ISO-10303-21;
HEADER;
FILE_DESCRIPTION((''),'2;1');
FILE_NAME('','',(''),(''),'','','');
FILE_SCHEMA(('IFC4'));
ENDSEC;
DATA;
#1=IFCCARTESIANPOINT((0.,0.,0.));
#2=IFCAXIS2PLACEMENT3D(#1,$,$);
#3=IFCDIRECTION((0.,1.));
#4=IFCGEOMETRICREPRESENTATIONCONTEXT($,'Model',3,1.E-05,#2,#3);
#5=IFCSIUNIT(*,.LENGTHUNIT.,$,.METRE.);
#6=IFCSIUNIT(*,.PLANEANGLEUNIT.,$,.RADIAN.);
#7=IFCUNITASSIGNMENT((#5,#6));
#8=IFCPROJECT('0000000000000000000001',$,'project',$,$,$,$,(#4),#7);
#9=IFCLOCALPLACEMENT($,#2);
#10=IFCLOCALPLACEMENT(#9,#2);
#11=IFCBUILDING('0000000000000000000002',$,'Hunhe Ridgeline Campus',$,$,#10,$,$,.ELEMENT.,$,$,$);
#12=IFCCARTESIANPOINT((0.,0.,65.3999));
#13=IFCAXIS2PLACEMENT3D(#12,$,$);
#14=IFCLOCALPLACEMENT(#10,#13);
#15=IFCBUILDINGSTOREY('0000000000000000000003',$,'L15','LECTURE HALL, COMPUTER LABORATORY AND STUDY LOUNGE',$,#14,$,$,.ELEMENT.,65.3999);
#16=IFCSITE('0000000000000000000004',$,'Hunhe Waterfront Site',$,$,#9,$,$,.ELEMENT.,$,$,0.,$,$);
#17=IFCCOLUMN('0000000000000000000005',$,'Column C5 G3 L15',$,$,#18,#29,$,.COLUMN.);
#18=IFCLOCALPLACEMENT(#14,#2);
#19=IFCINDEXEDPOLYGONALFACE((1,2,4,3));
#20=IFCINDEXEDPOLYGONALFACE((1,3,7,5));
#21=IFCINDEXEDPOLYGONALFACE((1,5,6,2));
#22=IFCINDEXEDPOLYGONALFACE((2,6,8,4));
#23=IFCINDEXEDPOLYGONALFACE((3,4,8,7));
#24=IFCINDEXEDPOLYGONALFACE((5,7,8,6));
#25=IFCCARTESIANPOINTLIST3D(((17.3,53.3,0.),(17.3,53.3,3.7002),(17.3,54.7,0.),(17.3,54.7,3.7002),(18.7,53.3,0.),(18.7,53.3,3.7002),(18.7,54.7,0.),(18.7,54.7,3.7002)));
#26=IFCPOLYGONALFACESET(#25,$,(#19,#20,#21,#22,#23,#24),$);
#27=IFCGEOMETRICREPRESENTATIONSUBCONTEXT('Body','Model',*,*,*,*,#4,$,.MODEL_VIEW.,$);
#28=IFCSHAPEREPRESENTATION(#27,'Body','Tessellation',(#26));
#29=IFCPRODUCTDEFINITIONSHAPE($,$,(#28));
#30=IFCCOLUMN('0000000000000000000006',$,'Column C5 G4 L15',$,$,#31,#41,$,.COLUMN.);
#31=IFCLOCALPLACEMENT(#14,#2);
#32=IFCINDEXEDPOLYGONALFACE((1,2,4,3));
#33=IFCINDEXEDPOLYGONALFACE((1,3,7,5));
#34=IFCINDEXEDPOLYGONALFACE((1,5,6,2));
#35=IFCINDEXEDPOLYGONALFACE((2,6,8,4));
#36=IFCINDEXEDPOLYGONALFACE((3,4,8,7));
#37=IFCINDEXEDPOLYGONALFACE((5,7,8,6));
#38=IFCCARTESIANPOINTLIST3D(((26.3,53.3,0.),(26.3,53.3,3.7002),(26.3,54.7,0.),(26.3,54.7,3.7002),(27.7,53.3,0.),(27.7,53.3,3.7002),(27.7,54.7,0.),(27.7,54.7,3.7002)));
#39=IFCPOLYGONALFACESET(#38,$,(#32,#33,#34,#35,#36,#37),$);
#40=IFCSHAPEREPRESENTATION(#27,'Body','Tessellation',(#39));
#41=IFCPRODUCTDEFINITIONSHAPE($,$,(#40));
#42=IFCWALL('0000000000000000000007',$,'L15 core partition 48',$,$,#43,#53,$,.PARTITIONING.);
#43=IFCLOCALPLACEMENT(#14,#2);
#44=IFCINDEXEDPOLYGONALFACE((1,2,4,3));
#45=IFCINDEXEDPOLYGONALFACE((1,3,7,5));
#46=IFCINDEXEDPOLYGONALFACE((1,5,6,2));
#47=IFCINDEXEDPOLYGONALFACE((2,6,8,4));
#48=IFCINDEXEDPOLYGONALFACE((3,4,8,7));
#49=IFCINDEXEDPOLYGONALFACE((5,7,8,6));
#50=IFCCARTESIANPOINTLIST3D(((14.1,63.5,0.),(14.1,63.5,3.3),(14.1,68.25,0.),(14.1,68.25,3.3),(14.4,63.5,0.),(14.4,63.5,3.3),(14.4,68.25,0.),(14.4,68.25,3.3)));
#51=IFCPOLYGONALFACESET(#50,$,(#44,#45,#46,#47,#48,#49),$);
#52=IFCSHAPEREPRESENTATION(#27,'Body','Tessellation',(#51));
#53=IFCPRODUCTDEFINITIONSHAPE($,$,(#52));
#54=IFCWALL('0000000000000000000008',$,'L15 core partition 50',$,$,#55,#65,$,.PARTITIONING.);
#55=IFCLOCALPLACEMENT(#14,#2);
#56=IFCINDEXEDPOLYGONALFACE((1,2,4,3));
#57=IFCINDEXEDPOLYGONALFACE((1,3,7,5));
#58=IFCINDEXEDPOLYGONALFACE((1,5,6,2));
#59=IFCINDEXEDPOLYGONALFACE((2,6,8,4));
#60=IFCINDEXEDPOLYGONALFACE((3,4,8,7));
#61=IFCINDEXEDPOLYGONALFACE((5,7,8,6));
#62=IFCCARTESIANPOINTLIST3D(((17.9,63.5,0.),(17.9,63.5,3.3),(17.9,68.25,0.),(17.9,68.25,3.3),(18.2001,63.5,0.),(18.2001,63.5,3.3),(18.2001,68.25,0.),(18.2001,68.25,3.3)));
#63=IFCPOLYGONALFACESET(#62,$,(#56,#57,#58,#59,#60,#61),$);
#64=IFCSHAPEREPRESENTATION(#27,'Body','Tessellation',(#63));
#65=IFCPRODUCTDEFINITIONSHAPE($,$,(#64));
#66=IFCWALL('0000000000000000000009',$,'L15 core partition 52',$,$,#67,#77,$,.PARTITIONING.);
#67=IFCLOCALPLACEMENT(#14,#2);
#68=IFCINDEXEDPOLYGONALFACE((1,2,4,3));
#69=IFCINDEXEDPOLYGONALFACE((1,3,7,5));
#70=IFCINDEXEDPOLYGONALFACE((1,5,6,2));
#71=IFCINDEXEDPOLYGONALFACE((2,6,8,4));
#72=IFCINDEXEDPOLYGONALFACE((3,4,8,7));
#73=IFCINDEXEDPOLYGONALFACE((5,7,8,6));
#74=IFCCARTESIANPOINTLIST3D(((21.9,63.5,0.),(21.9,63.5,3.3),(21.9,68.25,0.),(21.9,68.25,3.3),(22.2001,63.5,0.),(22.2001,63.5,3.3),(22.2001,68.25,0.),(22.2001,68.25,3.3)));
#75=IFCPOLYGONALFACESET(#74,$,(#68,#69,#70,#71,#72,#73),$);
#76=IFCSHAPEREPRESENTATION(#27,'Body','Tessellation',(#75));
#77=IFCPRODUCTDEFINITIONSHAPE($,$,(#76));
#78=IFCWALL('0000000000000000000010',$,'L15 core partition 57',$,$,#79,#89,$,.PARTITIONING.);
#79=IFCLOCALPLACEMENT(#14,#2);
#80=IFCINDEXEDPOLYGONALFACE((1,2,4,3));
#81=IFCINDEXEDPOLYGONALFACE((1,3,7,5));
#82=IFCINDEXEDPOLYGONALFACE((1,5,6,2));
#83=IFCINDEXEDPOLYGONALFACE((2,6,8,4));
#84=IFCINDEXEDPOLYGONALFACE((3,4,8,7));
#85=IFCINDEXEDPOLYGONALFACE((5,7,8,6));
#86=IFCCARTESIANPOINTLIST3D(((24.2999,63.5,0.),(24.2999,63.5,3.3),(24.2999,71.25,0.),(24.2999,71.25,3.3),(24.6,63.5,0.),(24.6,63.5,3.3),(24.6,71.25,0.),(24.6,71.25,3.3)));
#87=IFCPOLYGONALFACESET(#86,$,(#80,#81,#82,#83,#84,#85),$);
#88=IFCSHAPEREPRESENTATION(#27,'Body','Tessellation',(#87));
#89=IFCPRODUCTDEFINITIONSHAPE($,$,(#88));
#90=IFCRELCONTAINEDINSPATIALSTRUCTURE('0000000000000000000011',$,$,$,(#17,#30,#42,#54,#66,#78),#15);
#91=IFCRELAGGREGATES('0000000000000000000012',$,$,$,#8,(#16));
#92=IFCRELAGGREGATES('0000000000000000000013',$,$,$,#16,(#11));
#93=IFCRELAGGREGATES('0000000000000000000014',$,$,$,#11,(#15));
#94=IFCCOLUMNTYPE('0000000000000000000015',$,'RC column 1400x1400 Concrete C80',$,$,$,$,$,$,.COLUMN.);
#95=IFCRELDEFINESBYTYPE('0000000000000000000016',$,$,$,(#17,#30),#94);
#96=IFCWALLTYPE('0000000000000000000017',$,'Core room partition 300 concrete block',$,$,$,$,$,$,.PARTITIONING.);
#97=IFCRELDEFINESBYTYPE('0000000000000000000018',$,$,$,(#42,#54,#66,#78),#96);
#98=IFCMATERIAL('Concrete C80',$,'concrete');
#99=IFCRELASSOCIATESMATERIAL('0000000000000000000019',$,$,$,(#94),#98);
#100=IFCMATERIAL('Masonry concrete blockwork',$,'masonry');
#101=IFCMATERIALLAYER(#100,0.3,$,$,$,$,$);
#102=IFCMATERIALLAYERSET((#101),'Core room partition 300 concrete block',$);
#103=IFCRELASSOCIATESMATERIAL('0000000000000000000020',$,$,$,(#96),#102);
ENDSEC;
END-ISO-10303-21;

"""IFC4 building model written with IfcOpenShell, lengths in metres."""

from ifc_helpers import new_model, si_unit, direction, frame, frame_2d, origin, origin_2d, place, context, subcontext, project, spatial, rectangle, extrude, material, layer, layer_set, material_profile, profile_set, type_object, element, save


model = new_model("IFC4")

# Units and contexts
model_context = context("Model", 3, precision=1e-05, world=origin(), true_north=direction((0.0, 1.0)))
body_context = subcontext(model_context, "Body", "Model", "MODEL_VIEW")
ifc_project = project(units=[si_unit("LENGTHUNIT", "METRE"), si_unit("PLANEANGLEUNIT", "RADIAN")], contexts=[model_context])

# Site, building, storey
site_placement = place(None, origin())
site = spatial("IfcSite", under=ifc_project, at=site_placement, Name="Hunhe Waterfront Site", CompositionType="ELEMENT", RefElevation=0.0)
building_placement = place(site_placement, origin())
building = spatial("IfcBuilding", under=site, at=building_placement, Name="Hunhe Ridgeline Campus", CompositionType="ELEMENT")
storey_placement = place(building_placement, frame((0.0, 0.0, 65.3999)))
storey = spatial("IfcBuildingStorey", under=building, at=storey_placement, Name="L15", Description="LECTURE HALL, COMPUTER LABORATORY AND STUDY LOUNGE", CompositionType="ELEMENT", Elevation=65.3999)

# Columns
ifc_material_1 = material(Name="Concrete C80", Category="concrete")
ifc_material_profile = material_profile(ifc_material_1, rectangle(XDim=1.3999, YDim=1.3999, at=origin_2d()))
ifc_profile_set = profile_set([ifc_material_profile], Name="Concrete C80")
column_type = type_object("IfcColumnType", Name="RC column 1400x1400 Concrete C80", PredefinedType="COLUMN", material=ifc_profile_set)
for number, where, z_axis, x_axis, name in (
    (1, (18.0, 54.0, 0.0), (0.0, 0.0, 1.0), (1.0, 0.0, 0.0), "Column C5 G3 L15"),
    (2, (27.0, 54.0, 0.0), (0.0, 0.0, 1.0), (1.0, 0.0, 0.0), "Column C5 G4 L15"),
):
    element("IfcColumn", number, at=place(storey_placement, frame(where, z_axis=z_axis, x_axis=x_axis)), inside=storey, type_object=column_type, Name=name, PredefinedType="COLUMN", context=body_context, shape_type="SweptSolid", body=[
        extrude(rectangle(XDim=1.3999, YDim=1.3999, at=origin_2d()), origin(), (0.0, 0.0, 1.0), 3.7002),
    ])

# Walls
ifc_material_2 = material(Name="Masonry concrete blockwork", Category="masonry")
ifc_layer_1 = layer(ifc_material_2, 0.3)
ifc_layer_set_1 = layer_set([ifc_layer_1], Name="Core room partition 300 concrete block")
wall_type_1 = type_object("IfcWallType", Name="Core room partition 300 concrete block", PredefinedType="PARTITIONING", material=ifc_layer_set_1)
for number, where, z_axis, x_axis, name in (
    (3, (14.25, 63.5, 0.0), (0.0, 0.0, 1.0), (0.0, 1.0, 0.0), "L15 core partition 48"),
    (4, (18.05, 63.5, 0.0), (0.0, 0.0, 1.0), (0.0, 1.0, 0.0), "L15 core partition 50"),
    (5, (22.05, 63.5, 0.0), (0.0, 0.0, 1.0), (0.0, 1.0, 0.0), "L15 core partition 52"),
):
    element("IfcWall", number, at=place(storey_placement, frame(where, z_axis=z_axis, x_axis=x_axis)), inside=storey, type_object=wall_type_1, Name=name, PredefinedType="PARTITIONING", context=body_context, shape_type="SweptSolid", body=[
        extrude(rectangle(XDim=4.75, YDim=0.3, at=frame_2d((2.375, 0.0))), origin(), (0.0, 0.0, 1.0), 3.3),
    ])
wall_1_placement = place(storey_placement, frame((24.45, 63.5, 0.0), z_axis=(0.0, 0.0, 1.0), x_axis=(0.0, 1.0, 0.0)))
element("IfcWall", 6, at=wall_1_placement, inside=storey, type_object=wall_type_1, Name="L15 core partition 57", PredefinedType="PARTITIONING", context=body_context, shape_type="SweptSolid", body=[
    extrude(rectangle(XDim=7.75, YDim=0.3, at=frame_2d((3.875, 0.0))), origin(), (0.0, 0.0, 1.0), 3.3),
])

save(model, "model.ifc")
